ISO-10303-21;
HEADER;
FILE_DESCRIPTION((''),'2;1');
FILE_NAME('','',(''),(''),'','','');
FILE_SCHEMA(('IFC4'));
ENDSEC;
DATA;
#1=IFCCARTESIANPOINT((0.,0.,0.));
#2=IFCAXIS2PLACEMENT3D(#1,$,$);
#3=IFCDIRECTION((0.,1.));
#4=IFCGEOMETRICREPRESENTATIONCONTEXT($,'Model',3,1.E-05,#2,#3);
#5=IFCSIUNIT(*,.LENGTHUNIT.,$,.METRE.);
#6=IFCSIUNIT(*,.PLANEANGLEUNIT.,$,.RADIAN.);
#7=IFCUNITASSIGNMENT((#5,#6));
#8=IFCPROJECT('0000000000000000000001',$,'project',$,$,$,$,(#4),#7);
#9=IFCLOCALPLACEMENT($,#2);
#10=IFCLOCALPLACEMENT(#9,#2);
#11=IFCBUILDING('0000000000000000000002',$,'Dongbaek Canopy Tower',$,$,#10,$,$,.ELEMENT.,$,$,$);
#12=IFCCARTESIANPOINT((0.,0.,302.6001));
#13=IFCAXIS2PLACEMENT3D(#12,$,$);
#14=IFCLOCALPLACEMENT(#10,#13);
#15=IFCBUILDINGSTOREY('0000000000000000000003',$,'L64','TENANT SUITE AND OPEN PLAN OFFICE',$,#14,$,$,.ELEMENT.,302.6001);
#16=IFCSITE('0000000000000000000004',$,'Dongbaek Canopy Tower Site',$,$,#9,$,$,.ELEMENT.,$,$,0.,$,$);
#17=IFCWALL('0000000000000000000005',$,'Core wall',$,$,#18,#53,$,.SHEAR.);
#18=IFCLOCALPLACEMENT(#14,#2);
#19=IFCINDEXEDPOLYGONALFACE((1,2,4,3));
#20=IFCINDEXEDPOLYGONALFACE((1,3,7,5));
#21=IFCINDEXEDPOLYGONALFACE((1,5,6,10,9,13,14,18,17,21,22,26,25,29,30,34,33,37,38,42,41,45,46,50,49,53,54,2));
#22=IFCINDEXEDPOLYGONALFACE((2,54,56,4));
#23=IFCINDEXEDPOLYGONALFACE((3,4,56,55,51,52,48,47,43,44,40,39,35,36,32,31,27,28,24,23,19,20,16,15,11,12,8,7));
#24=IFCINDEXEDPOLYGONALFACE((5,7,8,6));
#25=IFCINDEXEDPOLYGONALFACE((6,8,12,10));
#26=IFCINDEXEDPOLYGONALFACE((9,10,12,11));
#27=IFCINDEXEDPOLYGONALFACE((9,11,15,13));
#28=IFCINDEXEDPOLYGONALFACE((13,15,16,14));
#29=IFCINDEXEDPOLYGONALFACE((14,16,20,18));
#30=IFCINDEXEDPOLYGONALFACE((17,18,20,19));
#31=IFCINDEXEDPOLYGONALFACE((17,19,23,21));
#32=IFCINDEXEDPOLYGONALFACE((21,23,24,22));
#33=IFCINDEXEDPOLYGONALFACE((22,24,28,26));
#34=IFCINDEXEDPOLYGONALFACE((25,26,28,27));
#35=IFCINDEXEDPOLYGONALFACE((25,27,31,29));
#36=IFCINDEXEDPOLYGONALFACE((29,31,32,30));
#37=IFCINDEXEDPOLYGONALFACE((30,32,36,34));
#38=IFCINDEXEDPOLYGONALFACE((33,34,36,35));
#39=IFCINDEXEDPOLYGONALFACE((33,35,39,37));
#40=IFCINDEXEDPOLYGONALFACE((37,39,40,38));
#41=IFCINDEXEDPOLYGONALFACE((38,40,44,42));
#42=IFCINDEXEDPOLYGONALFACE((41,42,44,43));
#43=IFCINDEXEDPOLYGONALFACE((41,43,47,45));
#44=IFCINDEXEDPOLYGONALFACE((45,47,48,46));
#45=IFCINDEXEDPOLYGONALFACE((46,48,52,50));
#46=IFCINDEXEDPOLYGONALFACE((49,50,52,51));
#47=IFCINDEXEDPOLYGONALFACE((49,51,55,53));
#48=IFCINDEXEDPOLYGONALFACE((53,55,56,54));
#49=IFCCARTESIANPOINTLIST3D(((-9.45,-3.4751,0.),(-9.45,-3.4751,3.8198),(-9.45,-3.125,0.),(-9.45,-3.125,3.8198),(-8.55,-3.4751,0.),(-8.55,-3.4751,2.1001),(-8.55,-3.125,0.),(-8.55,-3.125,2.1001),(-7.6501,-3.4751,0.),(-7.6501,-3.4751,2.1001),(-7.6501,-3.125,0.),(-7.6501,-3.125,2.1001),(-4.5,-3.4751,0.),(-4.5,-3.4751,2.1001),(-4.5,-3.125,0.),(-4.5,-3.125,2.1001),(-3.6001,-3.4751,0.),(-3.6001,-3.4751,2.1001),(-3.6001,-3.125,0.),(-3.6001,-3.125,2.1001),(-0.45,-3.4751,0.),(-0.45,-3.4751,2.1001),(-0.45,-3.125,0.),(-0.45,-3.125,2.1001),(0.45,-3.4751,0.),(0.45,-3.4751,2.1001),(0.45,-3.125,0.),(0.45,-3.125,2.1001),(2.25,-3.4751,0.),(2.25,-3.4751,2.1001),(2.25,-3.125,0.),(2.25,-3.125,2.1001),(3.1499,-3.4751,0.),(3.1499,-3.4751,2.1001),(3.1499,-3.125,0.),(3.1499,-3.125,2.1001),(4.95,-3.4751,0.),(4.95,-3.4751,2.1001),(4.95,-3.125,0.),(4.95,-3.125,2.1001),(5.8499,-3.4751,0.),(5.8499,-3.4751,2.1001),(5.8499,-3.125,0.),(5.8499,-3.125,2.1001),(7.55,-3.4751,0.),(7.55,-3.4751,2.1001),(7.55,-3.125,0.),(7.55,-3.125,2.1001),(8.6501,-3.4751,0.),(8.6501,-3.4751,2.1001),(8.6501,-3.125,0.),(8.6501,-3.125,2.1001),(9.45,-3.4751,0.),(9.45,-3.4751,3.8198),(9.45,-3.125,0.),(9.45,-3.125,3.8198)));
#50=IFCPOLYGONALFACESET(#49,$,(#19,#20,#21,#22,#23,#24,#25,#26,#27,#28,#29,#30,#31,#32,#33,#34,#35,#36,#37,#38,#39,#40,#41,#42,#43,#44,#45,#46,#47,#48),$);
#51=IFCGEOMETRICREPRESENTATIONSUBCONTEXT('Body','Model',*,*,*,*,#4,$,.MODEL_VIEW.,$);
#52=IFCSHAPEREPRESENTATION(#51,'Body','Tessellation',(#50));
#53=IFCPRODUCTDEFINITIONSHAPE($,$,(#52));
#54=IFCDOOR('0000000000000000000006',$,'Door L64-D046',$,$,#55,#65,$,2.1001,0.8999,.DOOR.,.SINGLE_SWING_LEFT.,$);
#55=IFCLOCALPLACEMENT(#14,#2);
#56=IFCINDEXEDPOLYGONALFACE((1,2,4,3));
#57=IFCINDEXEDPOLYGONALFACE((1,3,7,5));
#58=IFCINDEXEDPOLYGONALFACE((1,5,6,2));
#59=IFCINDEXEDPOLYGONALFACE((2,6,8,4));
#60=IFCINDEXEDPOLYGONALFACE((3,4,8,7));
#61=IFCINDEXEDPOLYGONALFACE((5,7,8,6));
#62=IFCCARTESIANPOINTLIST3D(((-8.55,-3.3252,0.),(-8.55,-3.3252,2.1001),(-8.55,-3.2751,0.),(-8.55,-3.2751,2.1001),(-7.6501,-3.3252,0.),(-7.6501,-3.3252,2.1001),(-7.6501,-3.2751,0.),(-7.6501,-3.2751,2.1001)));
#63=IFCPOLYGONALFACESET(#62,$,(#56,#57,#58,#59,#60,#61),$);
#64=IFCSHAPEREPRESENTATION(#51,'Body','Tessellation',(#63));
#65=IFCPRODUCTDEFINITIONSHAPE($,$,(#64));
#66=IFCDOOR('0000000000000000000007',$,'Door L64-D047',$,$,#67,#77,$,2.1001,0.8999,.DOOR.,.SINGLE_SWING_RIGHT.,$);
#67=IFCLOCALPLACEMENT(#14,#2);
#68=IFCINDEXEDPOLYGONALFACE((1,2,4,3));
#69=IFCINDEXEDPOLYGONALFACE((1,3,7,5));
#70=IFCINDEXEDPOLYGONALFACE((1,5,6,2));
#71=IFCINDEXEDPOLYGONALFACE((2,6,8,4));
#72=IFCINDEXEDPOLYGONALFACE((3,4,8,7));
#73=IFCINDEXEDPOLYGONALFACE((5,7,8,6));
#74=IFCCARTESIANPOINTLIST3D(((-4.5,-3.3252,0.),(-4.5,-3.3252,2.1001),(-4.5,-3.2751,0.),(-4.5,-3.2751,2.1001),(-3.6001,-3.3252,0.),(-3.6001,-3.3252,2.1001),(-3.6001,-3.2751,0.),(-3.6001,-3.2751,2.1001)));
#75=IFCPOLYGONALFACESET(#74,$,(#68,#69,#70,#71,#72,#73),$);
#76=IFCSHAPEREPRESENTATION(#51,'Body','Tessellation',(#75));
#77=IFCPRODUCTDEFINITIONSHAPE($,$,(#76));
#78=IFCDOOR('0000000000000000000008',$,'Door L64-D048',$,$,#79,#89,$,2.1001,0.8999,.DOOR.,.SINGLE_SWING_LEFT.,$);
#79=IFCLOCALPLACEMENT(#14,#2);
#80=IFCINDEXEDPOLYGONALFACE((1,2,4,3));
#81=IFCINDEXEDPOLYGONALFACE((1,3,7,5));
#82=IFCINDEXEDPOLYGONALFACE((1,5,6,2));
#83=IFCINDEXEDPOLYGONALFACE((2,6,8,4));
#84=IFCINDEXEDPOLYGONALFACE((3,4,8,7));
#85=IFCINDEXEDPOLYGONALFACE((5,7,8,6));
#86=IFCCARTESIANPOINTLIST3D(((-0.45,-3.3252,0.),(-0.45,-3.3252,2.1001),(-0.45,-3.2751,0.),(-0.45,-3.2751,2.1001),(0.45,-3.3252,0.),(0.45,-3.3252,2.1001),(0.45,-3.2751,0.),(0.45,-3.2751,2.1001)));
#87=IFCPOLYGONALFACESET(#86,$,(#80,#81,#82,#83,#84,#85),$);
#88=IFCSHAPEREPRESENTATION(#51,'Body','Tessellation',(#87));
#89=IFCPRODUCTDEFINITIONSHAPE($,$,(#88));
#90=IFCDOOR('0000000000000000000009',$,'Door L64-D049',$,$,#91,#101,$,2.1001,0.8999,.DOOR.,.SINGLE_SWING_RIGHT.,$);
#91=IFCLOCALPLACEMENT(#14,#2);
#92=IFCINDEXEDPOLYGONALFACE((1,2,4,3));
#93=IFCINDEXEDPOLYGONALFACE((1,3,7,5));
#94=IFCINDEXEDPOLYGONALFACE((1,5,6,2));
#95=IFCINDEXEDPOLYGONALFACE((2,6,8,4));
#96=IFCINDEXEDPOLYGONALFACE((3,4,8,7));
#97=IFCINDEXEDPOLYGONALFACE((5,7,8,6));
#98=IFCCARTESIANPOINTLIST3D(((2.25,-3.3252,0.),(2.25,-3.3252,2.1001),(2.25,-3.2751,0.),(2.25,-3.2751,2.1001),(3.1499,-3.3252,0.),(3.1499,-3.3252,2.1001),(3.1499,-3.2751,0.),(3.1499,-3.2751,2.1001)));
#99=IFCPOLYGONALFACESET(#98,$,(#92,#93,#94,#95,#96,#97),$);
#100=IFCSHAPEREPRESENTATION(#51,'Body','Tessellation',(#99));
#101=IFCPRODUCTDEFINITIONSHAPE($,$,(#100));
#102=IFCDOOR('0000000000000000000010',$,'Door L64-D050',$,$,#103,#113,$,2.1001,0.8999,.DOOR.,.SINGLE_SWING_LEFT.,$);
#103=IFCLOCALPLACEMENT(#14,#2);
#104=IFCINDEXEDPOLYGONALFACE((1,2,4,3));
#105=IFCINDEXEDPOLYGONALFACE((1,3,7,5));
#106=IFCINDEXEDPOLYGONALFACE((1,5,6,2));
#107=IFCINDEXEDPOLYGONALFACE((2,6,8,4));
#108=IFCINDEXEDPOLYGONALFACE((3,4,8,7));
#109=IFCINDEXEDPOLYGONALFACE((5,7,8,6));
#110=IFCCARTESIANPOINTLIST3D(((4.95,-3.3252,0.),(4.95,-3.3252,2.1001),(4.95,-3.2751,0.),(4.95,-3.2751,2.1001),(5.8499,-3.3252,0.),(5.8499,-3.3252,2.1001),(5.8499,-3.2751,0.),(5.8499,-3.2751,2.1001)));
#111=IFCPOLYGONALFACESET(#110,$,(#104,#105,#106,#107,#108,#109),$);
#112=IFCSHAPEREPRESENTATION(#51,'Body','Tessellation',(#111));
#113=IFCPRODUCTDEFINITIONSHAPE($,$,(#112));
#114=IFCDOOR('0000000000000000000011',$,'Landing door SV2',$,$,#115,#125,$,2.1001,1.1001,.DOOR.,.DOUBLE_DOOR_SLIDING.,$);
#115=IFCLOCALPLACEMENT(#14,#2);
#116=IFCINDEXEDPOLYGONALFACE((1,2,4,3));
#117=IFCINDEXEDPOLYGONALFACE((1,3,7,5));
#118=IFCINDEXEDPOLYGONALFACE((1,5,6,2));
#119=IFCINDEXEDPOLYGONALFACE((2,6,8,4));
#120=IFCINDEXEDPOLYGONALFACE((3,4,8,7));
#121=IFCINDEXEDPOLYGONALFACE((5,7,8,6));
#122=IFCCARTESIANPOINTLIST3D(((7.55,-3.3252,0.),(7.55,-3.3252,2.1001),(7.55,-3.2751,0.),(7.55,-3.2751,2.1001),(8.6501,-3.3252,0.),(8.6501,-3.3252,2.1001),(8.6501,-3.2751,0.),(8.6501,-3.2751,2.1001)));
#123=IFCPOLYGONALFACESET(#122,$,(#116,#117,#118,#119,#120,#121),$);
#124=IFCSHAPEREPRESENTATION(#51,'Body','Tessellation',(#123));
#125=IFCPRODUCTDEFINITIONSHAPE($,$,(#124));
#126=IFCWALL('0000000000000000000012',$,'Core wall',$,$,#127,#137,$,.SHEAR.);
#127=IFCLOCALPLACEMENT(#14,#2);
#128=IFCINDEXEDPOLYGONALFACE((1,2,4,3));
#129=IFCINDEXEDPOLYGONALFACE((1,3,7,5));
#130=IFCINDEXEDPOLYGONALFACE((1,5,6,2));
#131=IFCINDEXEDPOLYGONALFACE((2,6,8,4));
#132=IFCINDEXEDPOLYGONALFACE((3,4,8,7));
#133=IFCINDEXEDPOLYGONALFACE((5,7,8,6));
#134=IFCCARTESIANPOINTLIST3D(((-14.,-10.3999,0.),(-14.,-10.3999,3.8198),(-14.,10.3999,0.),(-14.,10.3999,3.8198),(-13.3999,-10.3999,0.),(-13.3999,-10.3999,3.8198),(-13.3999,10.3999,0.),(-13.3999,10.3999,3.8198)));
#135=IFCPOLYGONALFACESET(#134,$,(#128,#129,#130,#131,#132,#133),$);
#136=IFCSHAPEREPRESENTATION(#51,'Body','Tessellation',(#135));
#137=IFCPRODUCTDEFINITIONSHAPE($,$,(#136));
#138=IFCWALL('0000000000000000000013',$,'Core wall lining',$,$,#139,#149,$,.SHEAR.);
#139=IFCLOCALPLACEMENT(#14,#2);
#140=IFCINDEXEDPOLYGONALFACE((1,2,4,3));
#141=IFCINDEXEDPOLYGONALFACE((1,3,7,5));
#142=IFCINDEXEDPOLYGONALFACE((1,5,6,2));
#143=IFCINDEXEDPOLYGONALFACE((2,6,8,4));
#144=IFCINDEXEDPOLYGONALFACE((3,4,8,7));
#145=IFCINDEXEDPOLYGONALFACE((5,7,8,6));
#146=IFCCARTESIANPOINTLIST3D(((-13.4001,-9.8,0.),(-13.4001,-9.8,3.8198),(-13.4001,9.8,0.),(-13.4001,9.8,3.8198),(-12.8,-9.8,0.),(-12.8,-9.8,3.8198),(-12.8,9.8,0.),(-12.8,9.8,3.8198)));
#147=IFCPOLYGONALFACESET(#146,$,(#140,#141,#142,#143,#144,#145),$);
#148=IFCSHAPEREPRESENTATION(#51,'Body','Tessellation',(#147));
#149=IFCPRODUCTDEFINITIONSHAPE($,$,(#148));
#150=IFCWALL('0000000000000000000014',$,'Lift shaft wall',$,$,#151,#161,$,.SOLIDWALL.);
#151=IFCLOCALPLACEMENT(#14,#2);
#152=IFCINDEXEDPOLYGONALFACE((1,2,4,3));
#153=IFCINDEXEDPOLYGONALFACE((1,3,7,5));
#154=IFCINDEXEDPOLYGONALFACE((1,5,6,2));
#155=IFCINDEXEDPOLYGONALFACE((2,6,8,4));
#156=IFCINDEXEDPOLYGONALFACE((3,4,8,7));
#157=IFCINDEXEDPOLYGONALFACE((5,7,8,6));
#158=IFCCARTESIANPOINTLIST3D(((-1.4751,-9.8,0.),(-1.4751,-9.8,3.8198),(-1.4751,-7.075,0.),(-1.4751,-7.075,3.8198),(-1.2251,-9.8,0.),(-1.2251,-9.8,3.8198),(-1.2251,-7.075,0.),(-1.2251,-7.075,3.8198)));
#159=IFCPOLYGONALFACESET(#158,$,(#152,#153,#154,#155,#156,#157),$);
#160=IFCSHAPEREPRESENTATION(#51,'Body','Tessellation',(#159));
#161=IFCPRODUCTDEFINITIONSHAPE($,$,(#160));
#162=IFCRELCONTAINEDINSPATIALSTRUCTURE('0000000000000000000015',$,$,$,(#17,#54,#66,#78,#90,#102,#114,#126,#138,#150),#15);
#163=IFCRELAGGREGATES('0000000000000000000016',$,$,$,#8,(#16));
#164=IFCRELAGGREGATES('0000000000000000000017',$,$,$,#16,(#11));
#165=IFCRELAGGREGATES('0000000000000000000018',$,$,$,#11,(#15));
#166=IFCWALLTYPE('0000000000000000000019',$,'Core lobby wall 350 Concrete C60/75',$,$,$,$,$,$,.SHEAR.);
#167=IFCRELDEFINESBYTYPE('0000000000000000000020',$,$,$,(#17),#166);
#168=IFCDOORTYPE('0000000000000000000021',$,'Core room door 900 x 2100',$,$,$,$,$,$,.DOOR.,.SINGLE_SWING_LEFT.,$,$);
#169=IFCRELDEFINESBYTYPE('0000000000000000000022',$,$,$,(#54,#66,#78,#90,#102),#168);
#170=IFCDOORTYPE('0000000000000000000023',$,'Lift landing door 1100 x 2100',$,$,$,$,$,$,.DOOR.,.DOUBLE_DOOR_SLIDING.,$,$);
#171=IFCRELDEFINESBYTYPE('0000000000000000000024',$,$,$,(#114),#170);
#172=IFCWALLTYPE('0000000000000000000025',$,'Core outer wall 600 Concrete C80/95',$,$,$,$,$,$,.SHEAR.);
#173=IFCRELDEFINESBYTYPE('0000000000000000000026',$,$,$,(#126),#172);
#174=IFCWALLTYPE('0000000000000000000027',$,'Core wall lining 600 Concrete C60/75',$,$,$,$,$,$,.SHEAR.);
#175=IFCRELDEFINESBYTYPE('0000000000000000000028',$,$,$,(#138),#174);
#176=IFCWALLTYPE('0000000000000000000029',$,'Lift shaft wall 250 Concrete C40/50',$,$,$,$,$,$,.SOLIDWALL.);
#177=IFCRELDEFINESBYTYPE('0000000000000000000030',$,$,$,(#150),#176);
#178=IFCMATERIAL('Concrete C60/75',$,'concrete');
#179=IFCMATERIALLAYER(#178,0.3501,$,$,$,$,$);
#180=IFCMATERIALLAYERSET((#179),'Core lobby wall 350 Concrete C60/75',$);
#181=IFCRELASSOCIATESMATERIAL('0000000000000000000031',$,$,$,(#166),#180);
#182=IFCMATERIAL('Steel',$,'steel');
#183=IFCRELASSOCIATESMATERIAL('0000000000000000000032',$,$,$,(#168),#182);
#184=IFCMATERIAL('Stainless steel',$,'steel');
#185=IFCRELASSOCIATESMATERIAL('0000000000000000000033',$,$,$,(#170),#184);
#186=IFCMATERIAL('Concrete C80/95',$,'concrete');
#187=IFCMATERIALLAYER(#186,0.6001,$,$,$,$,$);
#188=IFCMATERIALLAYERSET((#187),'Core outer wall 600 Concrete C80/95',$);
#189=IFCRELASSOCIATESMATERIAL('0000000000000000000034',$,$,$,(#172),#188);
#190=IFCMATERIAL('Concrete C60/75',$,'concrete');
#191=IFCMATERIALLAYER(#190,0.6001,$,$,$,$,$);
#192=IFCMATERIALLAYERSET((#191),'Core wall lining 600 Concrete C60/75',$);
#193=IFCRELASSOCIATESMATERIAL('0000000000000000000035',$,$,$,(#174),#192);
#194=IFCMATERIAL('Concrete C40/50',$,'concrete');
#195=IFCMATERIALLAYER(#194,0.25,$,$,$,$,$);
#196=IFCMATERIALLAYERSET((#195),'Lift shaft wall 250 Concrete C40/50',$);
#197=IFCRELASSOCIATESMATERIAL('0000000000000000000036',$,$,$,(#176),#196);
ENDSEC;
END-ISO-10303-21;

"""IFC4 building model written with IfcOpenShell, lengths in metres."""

from ifc_helpers import new_model, si_unit, direction, frame, frame_2d, origin, place, context, subcontext, project, spatial, rectangle, extrude, material, layer, layer_set, type_object, element, fill, save


model = new_model("IFC4")

# Units and contexts
model_context = context("Model", 3, precision=1e-05, world=origin(), true_north=direction((0.0, 1.0)))
body_context = subcontext(model_context, "Body", "Model", "MODEL_VIEW")
ifc_project = project(units=[si_unit("LENGTHUNIT", "METRE"), si_unit("PLANEANGLEUNIT", "RADIAN")], contexts=[model_context])

# Site, building, storey
site_placement = place(None, origin())
site = spatial("IfcSite", under=ifc_project, at=site_placement, Name="Dongbaek Canopy Tower Site", CompositionType="ELEMENT", RefElevation=0.0)
building_placement = place(site_placement, origin())
building = spatial("IfcBuilding", under=site, at=building_placement, Name="Dongbaek Canopy Tower", CompositionType="ELEMENT")
storey_placement = place(building_placement, frame((0.0, 0.0, 302.6001)))
storey = spatial("IfcBuildingStorey", under=building, at=storey_placement, Name="L64", Description="TENANT SUITE AND OPEN PLAN OFFICE", CompositionType="ELEMENT", Elevation=302.6001)

# Wall, openings, doors
ifc_material_1 = material(Name="Concrete C60/75", Category="concrete")
ifc_layer_1 = layer(ifc_material_1, 0.3501)
ifc_layer_set_1 = layer_set([ifc_layer_1], Name="Core lobby wall 350 Concrete C60/75")
wall_type_1 = type_object("IfcWallType", Name="Core lobby wall 350 Concrete C60/75", PredefinedType="SHEAR", material=ifc_layer_set_1)
wall_1_placement = place(storey_placement, frame((-9.45, -3.3, 0.0), z_axis=(0.0, 0.0, 1.0), x_axis=(1.0, 0.0, 0.0)))
wall_1 = element("IfcWall", 1, at=wall_1_placement, inside=storey, type_object=wall_type_1, Name="Core wall", PredefinedType="SHEAR", context=body_context, shape_type="SweptSolid", body=[
    extrude(rectangle(XDim=18.8999, YDim=0.3501, at=frame_2d((9.45, 0.0))), origin(), (0.0, 0.0, 1.0), 3.8198),
])
opening_1_placement = place(wall_1_placement, frame((17.0, 0.0, 0.0)))
opening_1 = element("IfcOpeningElement", 2, at=opening_1_placement, cuts=wall_1, PredefinedType="OPENING", context=body_context, shape_type="SweptSolid", body=[
    extrude(rectangle(XDim=1.1001, YDim=2.1001, at=frame_2d((0.55, 1.05))), frame((0.0, 0.1851, 0.0), z_axis=(0.0, -1.0, 0.0), x_axis=(1.0, 0.0, 0.0)), (0.0, 0.0, 1.0), 0.3701),
])
opening_2_placement = place(wall_1_placement, frame((0.8999, 0.0, 0.0)))
opening_2 = element("IfcOpeningElement", 3, at=opening_2_placement, cuts=wall_1, PredefinedType="OPENING", context=body_context, shape_type="SweptSolid", body=[
    extrude(rectangle(XDim=0.8999, YDim=2.1001, at=frame_2d((0.45, 1.05))), frame((0.0, 0.1851, 0.0), z_axis=(0.0, -1.0, 0.0), x_axis=(1.0, 0.0, 0.0)), (0.0, 0.0, 1.0), 0.3701),
])
opening_3_placement = place(wall_1_placement, frame((4.95, 0.0, 0.0)))
opening_3 = element("IfcOpeningElement", 4, at=opening_3_placement, cuts=wall_1, PredefinedType="OPENING", context=body_context, shape_type="SweptSolid", body=[
    extrude(rectangle(XDim=0.8999, YDim=2.1001, at=frame_2d((0.45, 1.05))), frame((0.0, 0.1851, 0.0), z_axis=(0.0, -1.0, 0.0), x_axis=(1.0, 0.0, 0.0)), (0.0, 0.0, 1.0), 0.3701),
])
opening_4_placement = place(wall_1_placement, frame((9.0, 0.0, 0.0)))
opening_4 = element("IfcOpeningElement", 5, at=opening_4_placement, cuts=wall_1, PredefinedType="OPENING", context=body_context, shape_type="SweptSolid", body=[
    extrude(rectangle(XDim=0.8999, YDim=2.1001, at=frame_2d((0.45, 1.05))), frame((0.0, 0.1851, 0.0), z_axis=(0.0, -1.0, 0.0), x_axis=(1.0, 0.0, 0.0)), (0.0, 0.0, 1.0), 0.3701),
])
opening_5_placement = place(wall_1_placement, frame((11.7, 0.0, 0.0)))
opening_5 = element("IfcOpeningElement", 6, at=opening_5_placement, cuts=wall_1, PredefinedType="OPENING", context=body_context, shape_type="SweptSolid", body=[
    extrude(rectangle(XDim=0.8999, YDim=2.1001, at=frame_2d((0.45, 1.05))), frame((0.0, 0.1851, 0.0), z_axis=(0.0, -1.0, 0.0), x_axis=(1.0, 0.0, 0.0)), (0.0, 0.0, 1.0), 0.3701),
])
opening_6_placement = place(wall_1_placement, frame((14.3999, 0.0, 0.0)))
opening_6 = element("IfcOpeningElement", 7, at=opening_6_placement, cuts=wall_1, PredefinedType="OPENING", context=body_context, shape_type="SweptSolid", body=[
    extrude(rectangle(XDim=0.8999, YDim=2.1001, at=frame_2d((0.45, 1.05))), frame((0.0, 0.1851, 0.0), z_axis=(0.0, -1.0, 0.0), x_axis=(1.0, 0.0, 0.0)), (0.0, 0.0, 1.0), 0.3701),
])
ifc_material_2 = material(Name="Steel", Category="steel")
door_type_1 = type_object("IfcDoorType", Name="Core room door 900 x 2100", OperationType="SINGLE_SWING_LEFT", PredefinedType="DOOR", material=ifc_material_2)
door_1_placement = place(opening_2_placement, origin())
door_1 = element("IfcDoor", 8, at=door_1_placement, inside=storey, type_object=door_type_1, Name="Door L64-D046", OperationType="SINGLE_SWING_LEFT", OverallHeight=2.1001, OverallWidth=0.8999, PredefinedType="DOOR", context=body_context, shape_type="SweptSolid", body=[
    extrude(rectangle(XDim=0.8999, YDim=2.1001, at=frame_2d((0.45, 1.05))), frame((0.0, 0.0249, 0.0), z_axis=(0.0, -1.0, 0.0), x_axis=(1.0, 0.0, 0.0)), (0.0, 0.0, 1.0), 0.05),
])
fill(opening_2, door_1)
door_2_placement = place(opening_3_placement, origin())
door_2 = element("IfcDoor", 9, at=door_2_placement, inside=storey, type_object=door_type_1, Name="Door L64-D047", OperationType="SINGLE_SWING_RIGHT", OverallHeight=2.1001, OverallWidth=0.8999, PredefinedType="DOOR", context=body_context, shape_type="SweptSolid", body=[
    extrude(rectangle(XDim=0.8999, YDim=2.1001, at=frame_2d((0.45, 1.05))), frame((0.0, 0.0249, 0.0), z_axis=(0.0, -1.0, 0.0), x_axis=(1.0, 0.0, 0.0)), (0.0, 0.0, 1.0), 0.05),
])
fill(opening_3, door_2)
door_3_placement = place(opening_4_placement, origin())
door_3 = element("IfcDoor", 10, at=door_3_placement, inside=storey, type_object=door_type_1, Name="Door L64-D048", OperationType="SINGLE_SWING_LEFT", OverallHeight=2.1001, OverallWidth=0.8999, PredefinedType="DOOR", context=body_context, shape_type="SweptSolid", body=[
    extrude(rectangle(XDim=0.8999, YDim=2.1001, at=frame_2d((0.45, 1.05))), frame((0.0, 0.0249, 0.0), z_axis=(0.0, -1.0, 0.0), x_axis=(1.0, 0.0, 0.0)), (0.0, 0.0, 1.0), 0.05),
])
fill(opening_4, door_3)
door_4_placement = place(opening_5_placement, origin())
door_4 = element("IfcDoor", 11, at=door_4_placement, inside=storey, type_object=door_type_1, Name="Door L64-D049", OperationType="SINGLE_SWING_RIGHT", OverallHeight=2.1001, OverallWidth=0.8999, PredefinedType="DOOR", context=body_context, shape_type="SweptSolid", body=[
    extrude(rectangle(XDim=0.8999, YDim=2.1001, at=frame_2d((0.45, 1.05))), frame((0.0, 0.0249, 0.0), z_axis=(0.0, -1.0, 0.0), x_axis=(1.0, 0.0, 0.0)), (0.0, 0.0, 1.0), 0.05),
])
fill(opening_5, door_4)
door_5_placement = place(opening_6_placement, origin())
door_5 = element("IfcDoor", 12, at=door_5_placement, inside=storey, type_object=door_type_1, Name="Door L64-D050", OperationType="SINGLE_SWING_LEFT", OverallHeight=2.1001, OverallWidth=0.8999, PredefinedType="DOOR", context=body_context, shape_type="SweptSolid", body=[
    extrude(rectangle(XDim=0.8999, YDim=2.1001, at=frame_2d((0.45, 1.05))), frame((0.0, 0.0249, 0.0), z_axis=(0.0, -1.0, 0.0), x_axis=(1.0, 0.0, 0.0)), (0.0, 0.0, 1.0), 0.05),
])
fill(opening_6, door_5)
ifc_material_3 = material(Name="Stainless steel", Category="steel")
door_type_2 = type_object("IfcDoorType", Name="Lift landing door 1100 x 2100", OperationType="DOUBLE_DOOR_SLIDING", PredefinedType="DOOR", material=ifc_material_3)
door_6_placement = place(opening_1_placement, origin())
door_6 = element("IfcDoor", 13, at=door_6_placement, inside=storey, type_object=door_type_2, Name="Landing door SV2", OperationType="DOUBLE_DOOR_SLIDING", OverallHeight=2.1001, OverallWidth=1.1001, PredefinedType="DOOR", context=body_context, shape_type="SweptSolid", body=[
    extrude(rectangle(XDim=1.1001, YDim=2.1001, at=frame_2d((0.55, 1.05))), frame((0.0, 0.0249, 0.0), z_axis=(0.0, -1.0, 0.0), x_axis=(1.0, 0.0, 0.0)), (0.0, 0.0, 1.0), 0.05),
])
fill(opening_1, door_6)

# Walls
ifc_material_4 = material(Name="Concrete C80/95", Category="concrete")
ifc_layer_2 = layer(ifc_material_4, 0.6001)
ifc_layer_set_2 = layer_set([ifc_layer_2], Name="Core outer wall 600 Concrete C80/95")
wall_type_2 = type_object("IfcWallType", Name="Core outer wall 600 Concrete C80/95", PredefinedType="SHEAR", material=ifc_layer_set_2)
wall_2_placement = place(storey_placement, frame((-13.7, -10.3999, 0.0), z_axis=(0.0, 0.0, 1.0), x_axis=(0.0, 1.0, 0.0)))
element("IfcWall", 14, at=wall_2_placement, inside=storey, type_object=wall_type_2, Name="Core wall", PredefinedType="SHEAR", context=body_context, shape_type="SweptSolid", body=[
    extrude(rectangle(XDim=20.7998, YDim=0.6001, at=frame_2d((10.3999, 0.0))), origin(), (0.0, 0.0, 1.0), 3.8198),
])
ifc_material_5 = material(Name="Concrete C60/75", Category="concrete")
ifc_layer_3 = layer(ifc_material_5, 0.6001)
ifc_layer_set_3 = layer_set([ifc_layer_3], Name="Core wall lining 600 Concrete C60/75")
wall_type_3 = type_object("IfcWallType", Name="Core wall lining 600 Concrete C60/75", PredefinedType="SHEAR", material=ifc_layer_set_3)
wall_3_placement = place(storey_placement, frame((-13.1001, -9.8, 0.0), z_axis=(0.0, 0.0, 1.0), x_axis=(0.0, 1.0, 0.0)))
element("IfcWall", 15, at=wall_3_placement, inside=storey, type_object=wall_type_3, Name="Core wall lining", PredefinedType="SHEAR", context=body_context, shape_type="SweptSolid", body=[
    extrude(rectangle(XDim=19.6001, YDim=0.6001, at=frame_2d((9.8, 0.0))), origin(), (0.0, 0.0, 1.0), 3.8198),
])
ifc_material_6 = material(Name="Concrete C40/50", Category="concrete")
ifc_layer_4 = layer(ifc_material_6, 0.25)
ifc_layer_set_4 = layer_set([ifc_layer_4], Name="Lift shaft wall 250 Concrete C40/50")
wall_type_4 = type_object("IfcWallType", Name="Lift shaft wall 250 Concrete C40/50", PredefinedType="SOLIDWALL", material=ifc_layer_set_4)
for number, where, z_axis, x_axis, name in (
    (16, (-1.3501, -9.8, 0.0), (0.0, 0.0, 1.0), (0.0, 1.0, 0.0), "Lift shaft wall"),
):
    element("IfcWall", number, at=place(storey_placement, frame(where, z_axis=z_axis, x_axis=x_axis)), inside=storey, type_object=wall_type_4, Name=name, PredefinedType="SOLIDWALL", context=body_context, shape_type="SweptSolid", body=[
        extrude(rectangle(XDim=2.7251, YDim=0.25, at=frame_2d((1.3625, 0.0))), origin(), (0.0, 0.0, 1.0), 3.8198),
    ])

save(model, "model.ifc")
